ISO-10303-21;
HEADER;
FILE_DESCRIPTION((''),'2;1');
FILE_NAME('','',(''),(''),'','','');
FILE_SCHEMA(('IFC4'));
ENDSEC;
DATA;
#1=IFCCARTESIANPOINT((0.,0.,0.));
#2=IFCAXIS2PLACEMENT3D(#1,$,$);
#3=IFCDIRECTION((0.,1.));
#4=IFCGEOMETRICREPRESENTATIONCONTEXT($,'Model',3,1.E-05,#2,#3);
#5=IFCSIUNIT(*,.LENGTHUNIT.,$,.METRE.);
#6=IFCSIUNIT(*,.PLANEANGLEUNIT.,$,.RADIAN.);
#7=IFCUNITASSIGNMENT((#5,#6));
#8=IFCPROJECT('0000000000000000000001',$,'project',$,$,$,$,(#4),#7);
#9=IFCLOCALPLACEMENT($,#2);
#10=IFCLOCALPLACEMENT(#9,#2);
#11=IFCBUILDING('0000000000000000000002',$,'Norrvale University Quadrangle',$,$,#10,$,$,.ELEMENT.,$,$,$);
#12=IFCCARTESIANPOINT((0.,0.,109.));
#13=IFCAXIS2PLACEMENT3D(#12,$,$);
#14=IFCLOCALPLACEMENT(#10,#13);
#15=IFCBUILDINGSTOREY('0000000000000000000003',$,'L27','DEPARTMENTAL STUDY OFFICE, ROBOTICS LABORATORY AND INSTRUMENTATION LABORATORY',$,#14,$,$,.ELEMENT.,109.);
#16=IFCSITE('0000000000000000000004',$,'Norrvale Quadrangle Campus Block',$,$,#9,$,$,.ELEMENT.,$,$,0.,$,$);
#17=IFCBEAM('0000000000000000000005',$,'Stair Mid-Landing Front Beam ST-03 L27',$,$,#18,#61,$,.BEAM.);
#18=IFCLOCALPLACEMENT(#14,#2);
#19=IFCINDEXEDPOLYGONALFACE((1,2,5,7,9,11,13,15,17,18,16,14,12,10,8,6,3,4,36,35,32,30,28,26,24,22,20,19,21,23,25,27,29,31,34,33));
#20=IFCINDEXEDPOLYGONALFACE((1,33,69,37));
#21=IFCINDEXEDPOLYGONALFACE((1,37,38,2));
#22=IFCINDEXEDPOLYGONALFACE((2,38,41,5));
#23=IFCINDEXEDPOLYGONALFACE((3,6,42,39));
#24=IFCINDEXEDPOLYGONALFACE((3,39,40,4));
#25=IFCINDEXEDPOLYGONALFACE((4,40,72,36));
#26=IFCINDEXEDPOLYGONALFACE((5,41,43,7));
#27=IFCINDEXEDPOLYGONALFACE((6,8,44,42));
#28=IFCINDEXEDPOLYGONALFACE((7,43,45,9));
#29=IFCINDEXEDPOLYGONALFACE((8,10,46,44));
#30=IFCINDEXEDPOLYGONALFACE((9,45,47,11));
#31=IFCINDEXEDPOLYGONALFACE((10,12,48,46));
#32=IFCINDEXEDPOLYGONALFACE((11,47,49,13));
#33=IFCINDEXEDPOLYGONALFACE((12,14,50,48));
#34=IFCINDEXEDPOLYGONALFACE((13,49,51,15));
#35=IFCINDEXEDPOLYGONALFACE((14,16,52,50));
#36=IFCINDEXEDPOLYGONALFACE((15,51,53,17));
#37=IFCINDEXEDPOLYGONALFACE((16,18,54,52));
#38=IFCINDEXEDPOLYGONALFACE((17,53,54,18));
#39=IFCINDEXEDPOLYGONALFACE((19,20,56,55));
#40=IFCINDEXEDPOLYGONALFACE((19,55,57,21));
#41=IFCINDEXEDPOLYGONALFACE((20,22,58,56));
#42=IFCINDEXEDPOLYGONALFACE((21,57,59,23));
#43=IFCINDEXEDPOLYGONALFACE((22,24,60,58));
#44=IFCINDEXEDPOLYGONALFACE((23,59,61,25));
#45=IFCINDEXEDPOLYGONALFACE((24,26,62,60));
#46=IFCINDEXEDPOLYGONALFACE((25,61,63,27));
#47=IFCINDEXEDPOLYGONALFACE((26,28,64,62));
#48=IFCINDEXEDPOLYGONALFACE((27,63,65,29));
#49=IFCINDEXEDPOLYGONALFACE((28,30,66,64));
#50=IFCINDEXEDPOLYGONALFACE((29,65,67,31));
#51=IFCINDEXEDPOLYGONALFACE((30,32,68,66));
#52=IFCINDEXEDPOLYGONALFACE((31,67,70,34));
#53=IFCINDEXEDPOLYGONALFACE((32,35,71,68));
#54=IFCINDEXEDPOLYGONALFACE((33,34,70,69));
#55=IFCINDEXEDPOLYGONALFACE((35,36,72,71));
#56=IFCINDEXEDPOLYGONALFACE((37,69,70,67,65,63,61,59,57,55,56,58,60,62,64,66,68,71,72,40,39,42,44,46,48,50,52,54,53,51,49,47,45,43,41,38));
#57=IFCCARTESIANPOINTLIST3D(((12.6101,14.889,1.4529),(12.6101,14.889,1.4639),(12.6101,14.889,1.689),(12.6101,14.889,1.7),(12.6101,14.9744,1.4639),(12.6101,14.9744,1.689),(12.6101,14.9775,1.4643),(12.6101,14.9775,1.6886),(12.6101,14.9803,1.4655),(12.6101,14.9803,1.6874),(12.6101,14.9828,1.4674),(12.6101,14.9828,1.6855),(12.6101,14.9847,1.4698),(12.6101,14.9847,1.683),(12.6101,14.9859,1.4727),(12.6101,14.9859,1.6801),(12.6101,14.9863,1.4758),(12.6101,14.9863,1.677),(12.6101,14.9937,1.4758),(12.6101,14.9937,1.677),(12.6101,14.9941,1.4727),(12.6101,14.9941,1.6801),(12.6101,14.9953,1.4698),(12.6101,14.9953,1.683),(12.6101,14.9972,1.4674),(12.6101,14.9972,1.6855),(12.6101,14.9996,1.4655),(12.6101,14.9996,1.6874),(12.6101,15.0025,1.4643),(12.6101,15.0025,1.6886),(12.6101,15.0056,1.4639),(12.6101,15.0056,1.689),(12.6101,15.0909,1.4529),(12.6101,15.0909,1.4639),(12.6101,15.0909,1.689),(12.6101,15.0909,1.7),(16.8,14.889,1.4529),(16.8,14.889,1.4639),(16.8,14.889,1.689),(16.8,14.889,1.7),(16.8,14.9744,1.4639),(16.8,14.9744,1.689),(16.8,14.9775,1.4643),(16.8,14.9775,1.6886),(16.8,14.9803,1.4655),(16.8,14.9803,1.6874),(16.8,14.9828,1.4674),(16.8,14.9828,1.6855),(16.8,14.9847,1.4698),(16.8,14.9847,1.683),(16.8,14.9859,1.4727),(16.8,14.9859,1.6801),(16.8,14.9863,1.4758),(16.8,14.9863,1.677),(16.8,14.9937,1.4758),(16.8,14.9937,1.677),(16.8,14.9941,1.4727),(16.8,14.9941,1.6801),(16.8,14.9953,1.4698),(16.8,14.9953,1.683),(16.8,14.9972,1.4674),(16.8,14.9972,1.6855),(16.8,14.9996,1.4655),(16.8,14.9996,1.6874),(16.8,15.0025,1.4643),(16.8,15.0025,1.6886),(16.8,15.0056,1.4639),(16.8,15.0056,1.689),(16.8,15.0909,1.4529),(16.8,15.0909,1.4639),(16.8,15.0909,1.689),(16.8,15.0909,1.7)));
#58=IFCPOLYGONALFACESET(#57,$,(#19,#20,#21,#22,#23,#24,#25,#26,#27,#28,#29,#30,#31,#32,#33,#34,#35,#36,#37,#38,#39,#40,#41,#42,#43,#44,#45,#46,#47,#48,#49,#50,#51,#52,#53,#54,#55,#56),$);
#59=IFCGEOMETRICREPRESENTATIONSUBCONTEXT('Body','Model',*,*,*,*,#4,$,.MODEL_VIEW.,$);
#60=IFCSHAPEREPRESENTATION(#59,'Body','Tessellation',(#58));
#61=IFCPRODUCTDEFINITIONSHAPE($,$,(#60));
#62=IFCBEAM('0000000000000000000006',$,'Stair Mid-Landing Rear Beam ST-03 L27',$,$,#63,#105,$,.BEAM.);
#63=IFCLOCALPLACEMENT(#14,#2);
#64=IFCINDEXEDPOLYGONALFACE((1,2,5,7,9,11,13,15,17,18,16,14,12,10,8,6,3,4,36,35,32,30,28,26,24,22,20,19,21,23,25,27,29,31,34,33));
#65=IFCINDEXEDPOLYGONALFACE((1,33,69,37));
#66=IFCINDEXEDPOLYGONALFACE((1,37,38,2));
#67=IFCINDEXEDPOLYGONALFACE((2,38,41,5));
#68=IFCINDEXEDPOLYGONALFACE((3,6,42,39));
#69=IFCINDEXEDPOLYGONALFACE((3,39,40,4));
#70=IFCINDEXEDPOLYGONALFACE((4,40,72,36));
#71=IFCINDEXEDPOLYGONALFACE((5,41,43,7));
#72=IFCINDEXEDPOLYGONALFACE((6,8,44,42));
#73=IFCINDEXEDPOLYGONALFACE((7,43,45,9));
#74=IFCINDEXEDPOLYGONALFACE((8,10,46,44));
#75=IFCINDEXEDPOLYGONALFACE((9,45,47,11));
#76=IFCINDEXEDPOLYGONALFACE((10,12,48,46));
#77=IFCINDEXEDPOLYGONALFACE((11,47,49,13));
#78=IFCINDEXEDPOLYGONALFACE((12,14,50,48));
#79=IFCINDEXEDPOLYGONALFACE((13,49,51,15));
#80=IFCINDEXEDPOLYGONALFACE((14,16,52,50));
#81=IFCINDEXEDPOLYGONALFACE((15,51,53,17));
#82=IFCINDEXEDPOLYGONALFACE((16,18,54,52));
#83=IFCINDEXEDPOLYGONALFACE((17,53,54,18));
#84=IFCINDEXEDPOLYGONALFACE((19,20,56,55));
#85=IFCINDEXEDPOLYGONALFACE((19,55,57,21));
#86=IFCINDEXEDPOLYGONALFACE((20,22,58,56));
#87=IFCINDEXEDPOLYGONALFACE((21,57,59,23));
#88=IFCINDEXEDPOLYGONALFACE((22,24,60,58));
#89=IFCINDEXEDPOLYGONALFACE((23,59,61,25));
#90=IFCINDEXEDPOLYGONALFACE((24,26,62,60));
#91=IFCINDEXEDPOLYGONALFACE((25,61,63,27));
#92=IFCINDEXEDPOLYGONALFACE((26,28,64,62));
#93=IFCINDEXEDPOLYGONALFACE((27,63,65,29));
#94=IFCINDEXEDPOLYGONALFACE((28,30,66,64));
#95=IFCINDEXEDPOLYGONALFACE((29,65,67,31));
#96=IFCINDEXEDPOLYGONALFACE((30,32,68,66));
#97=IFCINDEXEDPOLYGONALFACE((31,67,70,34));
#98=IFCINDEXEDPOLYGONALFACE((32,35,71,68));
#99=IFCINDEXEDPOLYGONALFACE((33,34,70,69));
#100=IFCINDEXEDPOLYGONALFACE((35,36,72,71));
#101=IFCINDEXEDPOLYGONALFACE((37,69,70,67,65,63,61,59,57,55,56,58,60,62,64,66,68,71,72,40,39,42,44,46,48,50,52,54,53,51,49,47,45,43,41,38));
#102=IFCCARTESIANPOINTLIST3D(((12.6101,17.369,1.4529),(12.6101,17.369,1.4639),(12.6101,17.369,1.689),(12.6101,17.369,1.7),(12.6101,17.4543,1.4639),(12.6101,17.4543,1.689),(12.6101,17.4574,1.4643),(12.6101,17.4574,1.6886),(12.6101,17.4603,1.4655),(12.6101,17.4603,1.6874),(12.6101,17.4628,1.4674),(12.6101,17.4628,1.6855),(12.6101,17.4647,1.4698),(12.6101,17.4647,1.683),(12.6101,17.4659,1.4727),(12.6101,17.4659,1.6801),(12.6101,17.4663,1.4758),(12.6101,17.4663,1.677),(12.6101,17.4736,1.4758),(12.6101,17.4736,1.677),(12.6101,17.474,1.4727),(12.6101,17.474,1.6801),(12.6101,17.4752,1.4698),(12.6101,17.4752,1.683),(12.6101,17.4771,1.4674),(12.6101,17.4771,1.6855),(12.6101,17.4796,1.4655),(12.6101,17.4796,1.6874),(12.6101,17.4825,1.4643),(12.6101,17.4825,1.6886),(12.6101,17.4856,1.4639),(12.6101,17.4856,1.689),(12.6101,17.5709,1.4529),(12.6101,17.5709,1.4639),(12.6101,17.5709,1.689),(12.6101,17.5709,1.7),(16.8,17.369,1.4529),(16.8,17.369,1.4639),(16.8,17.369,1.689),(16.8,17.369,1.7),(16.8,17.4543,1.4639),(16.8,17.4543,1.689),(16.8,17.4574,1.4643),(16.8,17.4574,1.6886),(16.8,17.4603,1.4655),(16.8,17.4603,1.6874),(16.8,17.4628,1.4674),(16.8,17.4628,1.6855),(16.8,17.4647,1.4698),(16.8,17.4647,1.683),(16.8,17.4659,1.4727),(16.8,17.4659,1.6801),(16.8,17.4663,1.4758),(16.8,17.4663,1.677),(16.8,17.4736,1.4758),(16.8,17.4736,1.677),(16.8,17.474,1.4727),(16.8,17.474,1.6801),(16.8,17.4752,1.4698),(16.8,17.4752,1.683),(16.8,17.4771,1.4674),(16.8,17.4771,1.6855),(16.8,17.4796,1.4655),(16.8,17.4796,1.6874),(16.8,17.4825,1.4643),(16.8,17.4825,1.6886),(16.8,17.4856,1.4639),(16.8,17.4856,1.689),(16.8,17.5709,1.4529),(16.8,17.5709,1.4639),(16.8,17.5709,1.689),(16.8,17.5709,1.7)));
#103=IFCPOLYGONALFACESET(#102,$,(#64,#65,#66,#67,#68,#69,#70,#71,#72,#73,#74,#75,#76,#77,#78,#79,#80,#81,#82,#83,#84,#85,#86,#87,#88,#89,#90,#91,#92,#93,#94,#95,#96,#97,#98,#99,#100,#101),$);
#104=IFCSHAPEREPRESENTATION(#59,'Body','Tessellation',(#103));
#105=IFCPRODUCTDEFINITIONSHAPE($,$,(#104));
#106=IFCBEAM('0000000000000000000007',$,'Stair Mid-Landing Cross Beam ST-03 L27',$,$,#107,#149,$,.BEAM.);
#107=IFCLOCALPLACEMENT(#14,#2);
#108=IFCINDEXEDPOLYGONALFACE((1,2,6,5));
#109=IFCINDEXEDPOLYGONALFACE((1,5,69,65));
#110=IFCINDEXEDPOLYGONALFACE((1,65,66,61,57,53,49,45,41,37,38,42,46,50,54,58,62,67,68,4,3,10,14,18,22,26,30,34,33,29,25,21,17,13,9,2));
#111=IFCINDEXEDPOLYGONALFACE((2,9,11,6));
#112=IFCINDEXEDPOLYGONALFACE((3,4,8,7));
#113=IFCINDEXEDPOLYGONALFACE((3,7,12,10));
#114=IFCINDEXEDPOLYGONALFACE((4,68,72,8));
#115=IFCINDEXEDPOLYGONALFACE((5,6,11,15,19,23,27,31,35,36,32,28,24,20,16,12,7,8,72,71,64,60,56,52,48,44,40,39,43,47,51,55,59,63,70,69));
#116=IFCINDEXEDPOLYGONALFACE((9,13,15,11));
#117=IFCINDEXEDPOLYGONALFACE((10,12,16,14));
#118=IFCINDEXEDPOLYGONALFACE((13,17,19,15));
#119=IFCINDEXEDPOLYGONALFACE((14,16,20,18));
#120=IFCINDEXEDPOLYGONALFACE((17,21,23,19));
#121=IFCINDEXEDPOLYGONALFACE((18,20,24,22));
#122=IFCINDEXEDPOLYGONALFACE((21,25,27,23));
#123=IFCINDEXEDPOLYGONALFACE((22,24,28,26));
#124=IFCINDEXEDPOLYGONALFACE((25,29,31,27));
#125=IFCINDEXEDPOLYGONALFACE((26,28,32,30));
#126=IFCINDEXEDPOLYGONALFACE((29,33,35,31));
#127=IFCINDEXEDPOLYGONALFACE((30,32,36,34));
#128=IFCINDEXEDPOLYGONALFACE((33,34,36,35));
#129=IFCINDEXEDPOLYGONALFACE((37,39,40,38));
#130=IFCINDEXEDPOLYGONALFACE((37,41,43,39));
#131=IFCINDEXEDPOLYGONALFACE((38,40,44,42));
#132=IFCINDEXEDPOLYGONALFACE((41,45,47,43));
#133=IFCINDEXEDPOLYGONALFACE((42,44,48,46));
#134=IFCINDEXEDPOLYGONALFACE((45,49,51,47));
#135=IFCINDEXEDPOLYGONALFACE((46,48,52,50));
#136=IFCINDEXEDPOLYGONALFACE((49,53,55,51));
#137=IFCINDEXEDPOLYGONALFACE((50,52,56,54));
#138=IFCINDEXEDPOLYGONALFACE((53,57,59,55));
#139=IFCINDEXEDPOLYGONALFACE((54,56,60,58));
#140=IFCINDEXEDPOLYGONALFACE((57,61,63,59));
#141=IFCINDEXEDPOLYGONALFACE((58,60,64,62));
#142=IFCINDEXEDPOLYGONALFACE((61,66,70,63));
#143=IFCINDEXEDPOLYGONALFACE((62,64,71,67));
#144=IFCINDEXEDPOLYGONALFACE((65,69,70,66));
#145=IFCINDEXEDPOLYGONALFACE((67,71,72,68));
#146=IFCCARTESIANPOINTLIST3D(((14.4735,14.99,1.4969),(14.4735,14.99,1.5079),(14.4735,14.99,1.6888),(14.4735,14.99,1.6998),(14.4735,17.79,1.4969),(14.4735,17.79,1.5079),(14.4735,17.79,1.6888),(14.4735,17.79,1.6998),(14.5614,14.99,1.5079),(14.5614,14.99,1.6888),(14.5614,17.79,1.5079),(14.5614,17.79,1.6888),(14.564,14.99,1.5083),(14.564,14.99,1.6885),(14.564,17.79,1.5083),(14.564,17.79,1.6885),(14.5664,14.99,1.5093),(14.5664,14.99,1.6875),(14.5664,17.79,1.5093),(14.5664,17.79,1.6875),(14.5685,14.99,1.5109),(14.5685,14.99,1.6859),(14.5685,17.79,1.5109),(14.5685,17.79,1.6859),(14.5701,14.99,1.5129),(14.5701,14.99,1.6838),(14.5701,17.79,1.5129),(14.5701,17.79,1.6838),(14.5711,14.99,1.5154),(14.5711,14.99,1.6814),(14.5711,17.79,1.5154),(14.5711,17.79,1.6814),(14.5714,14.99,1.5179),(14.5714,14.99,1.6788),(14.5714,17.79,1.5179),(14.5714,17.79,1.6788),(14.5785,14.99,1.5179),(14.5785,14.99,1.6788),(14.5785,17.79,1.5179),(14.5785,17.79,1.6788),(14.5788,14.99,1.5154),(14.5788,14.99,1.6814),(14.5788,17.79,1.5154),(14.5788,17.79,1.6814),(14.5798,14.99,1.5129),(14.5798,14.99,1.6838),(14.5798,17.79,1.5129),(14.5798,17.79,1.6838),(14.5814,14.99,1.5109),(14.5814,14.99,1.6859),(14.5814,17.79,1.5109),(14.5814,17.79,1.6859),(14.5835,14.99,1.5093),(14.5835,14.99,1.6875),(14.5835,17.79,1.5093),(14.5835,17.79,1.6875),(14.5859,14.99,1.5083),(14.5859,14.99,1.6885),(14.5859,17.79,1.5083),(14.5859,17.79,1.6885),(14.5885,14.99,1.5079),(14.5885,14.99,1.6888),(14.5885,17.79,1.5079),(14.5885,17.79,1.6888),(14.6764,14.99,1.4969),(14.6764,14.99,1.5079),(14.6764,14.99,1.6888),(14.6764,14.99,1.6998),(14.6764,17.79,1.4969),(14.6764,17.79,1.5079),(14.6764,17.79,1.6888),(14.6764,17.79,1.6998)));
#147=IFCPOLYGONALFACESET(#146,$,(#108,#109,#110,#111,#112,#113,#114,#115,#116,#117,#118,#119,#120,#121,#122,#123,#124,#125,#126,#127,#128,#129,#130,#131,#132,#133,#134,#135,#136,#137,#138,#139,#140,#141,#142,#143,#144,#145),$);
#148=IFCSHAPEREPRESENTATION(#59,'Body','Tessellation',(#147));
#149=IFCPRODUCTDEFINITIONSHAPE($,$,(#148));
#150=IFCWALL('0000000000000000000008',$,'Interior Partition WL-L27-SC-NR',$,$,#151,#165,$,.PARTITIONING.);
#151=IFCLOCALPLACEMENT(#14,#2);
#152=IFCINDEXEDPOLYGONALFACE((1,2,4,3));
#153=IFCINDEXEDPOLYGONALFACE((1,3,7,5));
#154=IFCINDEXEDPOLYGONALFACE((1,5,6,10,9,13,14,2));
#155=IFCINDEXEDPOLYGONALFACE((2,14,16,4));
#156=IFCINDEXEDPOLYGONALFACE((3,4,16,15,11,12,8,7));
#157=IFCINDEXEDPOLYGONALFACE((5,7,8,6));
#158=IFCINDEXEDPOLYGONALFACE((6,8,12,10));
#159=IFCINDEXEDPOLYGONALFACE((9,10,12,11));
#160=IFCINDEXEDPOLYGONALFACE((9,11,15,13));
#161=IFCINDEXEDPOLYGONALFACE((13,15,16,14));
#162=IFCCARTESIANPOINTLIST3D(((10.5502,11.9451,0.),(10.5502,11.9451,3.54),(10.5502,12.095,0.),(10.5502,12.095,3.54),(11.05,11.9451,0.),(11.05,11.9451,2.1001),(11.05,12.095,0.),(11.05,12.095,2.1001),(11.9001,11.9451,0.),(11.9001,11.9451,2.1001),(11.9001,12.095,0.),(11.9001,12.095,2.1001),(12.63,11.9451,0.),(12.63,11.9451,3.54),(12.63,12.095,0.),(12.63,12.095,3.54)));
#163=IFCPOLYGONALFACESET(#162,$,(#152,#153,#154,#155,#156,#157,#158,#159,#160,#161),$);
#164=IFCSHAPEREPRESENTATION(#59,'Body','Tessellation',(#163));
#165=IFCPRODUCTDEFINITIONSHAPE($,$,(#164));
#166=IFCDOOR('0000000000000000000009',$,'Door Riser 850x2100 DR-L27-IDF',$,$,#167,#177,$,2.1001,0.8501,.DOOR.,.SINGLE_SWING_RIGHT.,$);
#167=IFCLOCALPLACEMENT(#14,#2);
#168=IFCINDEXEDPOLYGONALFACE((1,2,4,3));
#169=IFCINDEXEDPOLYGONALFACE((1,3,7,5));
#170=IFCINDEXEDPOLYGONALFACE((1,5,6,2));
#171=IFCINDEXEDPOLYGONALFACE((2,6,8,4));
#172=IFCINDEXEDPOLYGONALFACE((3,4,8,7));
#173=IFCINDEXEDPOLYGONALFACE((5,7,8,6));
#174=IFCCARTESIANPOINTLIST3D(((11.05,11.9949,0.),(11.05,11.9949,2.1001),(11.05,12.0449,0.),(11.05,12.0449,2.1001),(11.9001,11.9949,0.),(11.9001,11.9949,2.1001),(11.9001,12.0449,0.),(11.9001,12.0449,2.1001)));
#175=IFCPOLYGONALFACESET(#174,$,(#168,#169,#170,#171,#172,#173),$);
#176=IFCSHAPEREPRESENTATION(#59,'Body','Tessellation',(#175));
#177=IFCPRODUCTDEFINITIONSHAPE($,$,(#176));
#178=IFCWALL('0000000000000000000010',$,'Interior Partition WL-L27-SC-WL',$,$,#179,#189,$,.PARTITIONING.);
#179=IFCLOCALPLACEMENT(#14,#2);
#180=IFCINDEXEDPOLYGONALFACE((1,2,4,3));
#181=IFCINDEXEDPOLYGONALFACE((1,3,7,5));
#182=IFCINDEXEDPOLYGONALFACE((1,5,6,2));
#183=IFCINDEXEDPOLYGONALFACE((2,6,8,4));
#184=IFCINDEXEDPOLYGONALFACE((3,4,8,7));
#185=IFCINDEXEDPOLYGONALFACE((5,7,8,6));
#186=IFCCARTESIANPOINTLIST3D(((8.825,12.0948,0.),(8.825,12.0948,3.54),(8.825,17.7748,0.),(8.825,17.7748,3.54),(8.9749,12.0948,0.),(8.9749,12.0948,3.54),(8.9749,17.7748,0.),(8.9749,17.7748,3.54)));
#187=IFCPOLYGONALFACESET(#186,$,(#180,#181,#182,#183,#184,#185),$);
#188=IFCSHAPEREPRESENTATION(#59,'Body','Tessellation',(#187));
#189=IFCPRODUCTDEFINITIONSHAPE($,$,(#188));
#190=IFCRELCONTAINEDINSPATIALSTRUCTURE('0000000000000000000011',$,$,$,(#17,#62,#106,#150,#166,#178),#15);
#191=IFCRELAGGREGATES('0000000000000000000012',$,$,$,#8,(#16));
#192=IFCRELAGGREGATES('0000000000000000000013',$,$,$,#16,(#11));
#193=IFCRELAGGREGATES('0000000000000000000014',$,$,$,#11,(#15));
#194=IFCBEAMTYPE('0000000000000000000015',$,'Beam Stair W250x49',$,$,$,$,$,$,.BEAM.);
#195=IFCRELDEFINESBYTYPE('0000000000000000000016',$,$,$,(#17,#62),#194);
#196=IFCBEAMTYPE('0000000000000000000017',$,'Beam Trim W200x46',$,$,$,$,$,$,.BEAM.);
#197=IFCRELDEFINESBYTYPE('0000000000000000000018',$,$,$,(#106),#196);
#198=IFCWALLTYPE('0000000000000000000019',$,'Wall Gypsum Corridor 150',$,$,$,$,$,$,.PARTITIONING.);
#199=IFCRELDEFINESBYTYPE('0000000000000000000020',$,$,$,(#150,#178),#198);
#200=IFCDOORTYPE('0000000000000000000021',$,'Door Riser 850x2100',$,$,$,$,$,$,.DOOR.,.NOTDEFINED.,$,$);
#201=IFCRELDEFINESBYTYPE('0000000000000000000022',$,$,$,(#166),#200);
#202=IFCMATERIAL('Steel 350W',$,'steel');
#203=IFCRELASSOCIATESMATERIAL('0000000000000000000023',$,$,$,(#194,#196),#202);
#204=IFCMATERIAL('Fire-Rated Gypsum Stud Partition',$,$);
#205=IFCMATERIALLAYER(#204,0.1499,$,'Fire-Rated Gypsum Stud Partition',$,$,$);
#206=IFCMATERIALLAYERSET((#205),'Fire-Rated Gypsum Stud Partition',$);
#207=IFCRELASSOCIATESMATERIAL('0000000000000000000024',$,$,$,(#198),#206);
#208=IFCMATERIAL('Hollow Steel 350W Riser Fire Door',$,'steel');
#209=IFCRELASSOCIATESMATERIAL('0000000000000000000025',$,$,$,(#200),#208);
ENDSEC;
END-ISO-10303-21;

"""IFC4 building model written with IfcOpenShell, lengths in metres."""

from ifc_helpers import new_model, si_unit, direction, frame, frame_2d, origin, origin_2d, place, context, subcontext, project, spatial, rectangle, i_section, extrude, material, layer, layer_set, material_profile, profile_set, type_object, element, fill, save


model = new_model("IFC4")

# Units and contexts
model_context = context("Model", 3, precision=1e-05, world=origin(), true_north=direction((0.0, 1.0)))
body_context = subcontext(model_context, "Body", "Model", "MODEL_VIEW")
ifc_project = project(units=[si_unit("LENGTHUNIT", "METRE"), si_unit("PLANEANGLEUNIT", "RADIAN")], contexts=[model_context])

# Site, building, storey
site_placement = place(None, origin())
site = spatial("IfcSite", under=ifc_project, at=site_placement, Name="Norrvale Quadrangle Campus Block", CompositionType="ELEMENT", RefElevation=0.0)
building_placement = place(site_placement, origin())
building = spatial("IfcBuilding", under=site, at=building_placement, Name="Norrvale University Quadrangle", CompositionType="ELEMENT")
storey_placement = place(building_placement, frame((0.0, 0.0, 109.0)))
storey = spatial("IfcBuildingStorey", under=building, at=storey_placement, Name="L27", Description="DEPARTMENTAL STUDY OFFICE, ROBOTICS LABORATORY AND INSTRUMENTATION LABORATORY", CompositionType="ELEMENT", Elevation=109.0)

# Beams
ifc_material_1 = material(Name="Steel 350W", Category="steel")
ifc_material_profile_1 = material_profile(ifc_material_1, i_section(OverallWidth=0.2019, OverallDepth=0.2471, WebThickness=0.0073, FlangeThickness=0.011, FilletRadius=0.012, at=origin_2d()), Name="Steel 350W")
ifc_profile_set_1 = profile_set([ifc_material_profile_1], Name="Steel 350W")
beam_type_1 = type_object("IfcBeamType", Name="Beam Stair W250x49", PredefinedType="BEAM", material=ifc_profile_set_1)
for number, where, z_axis, x_axis, name in (
    (1, (12.6101, 14.99, 1.5764), (1.0, 0.0, 0.0), (0.0, 1.0, 0.0), "Stair Mid-Landing Front Beam ST-03 L27"),
    (2, (12.6101, 17.47, 1.5764), (1.0, 0.0, 0.0), (0.0, 1.0, 0.0), "Stair Mid-Landing Rear Beam ST-03 L27"),
):
    element("IfcBeam", number, at=place(storey_placement, frame(where, z_axis=z_axis, x_axis=x_axis)), inside=storey, type_object=beam_type_1, Name=name, PredefinedType="BEAM", context=body_context, shape_type="SweptSolid", body=[
        extrude(i_section(OverallWidth=0.2019, OverallDepth=0.2471, WebThickness=0.0073, FlangeThickness=0.011, FilletRadius=0.012, at=origin_2d()), origin(), (0.0, 0.0, 1.0), 4.1899),
    ])
ifc_material_profile_2 = material_profile(ifc_material_1, i_section(OverallWidth=0.2029, OverallDepth=0.2029, WebThickness=0.0071, FlangeThickness=0.011, FilletRadius=0.01, at=origin_2d()), Name="Steel 350W")
ifc_profile_set_2 = profile_set([ifc_material_profile_2], Name="Steel 350W")
beam_type_2 = type_object("IfcBeamType", Name="Beam Trim W200x46", PredefinedType="BEAM", material=ifc_profile_set_2)
beam_placement = place(storey_placement, frame((14.575, 14.99, 1.5984), z_axis=(0.0, 1.0, 0.0), x_axis=(-1.0, 0.0, 0.0)))
element("IfcBeam", 3, at=beam_placement, inside=storey, type_object=beam_type_2, Name="Stair Mid-Landing Cross Beam ST-03 L27", PredefinedType="BEAM", context=body_context, shape_type="SweptSolid", body=[
    extrude(i_section(OverallWidth=0.2029, OverallDepth=0.2029, WebThickness=0.0071, FlangeThickness=0.011, FilletRadius=0.01, at=origin_2d()), origin(), (0.0, 0.0, 1.0), 2.8),
])

# Wall, opening, door
ifc_material_2 = material(Name="Fire-Rated Gypsum Stud Partition")
ifc_layer_1 = layer(ifc_material_2, 0.1499, Name="Fire-Rated Gypsum Stud Partition")
ifc_layer_set_1 = layer_set([ifc_layer_1], Name="Fire-Rated Gypsum Stud Partition")
wall_type_1 = type_object("IfcWallType", Name="Wall Gypsum Corridor 150", PredefinedType="PARTITIONING", material=ifc_layer_set_1)
wall_1_placement = place(storey_placement, frame((10.55, 12.02, 0.0), z_axis=(0.0, 0.0, 1.0), x_axis=(1.0, 0.0, 0.0)))
wall_1 = element("IfcWall", 4, at=wall_1_placement, inside=storey, type_object=wall_type_1, Name="Interior Partition WL-L27-SC-NR", PredefinedType="PARTITIONING", context=body_context, shape_type="SweptSolid", body=[
    extrude(rectangle(XDim=2.0798, YDim=0.1499, at=frame_2d((1.04, 0.0))), origin(), (0.0, 0.0, 1.0), 3.54),
])
opening_1_placement = place(wall_1_placement, frame((0.5, 0.0, 0.0)))
opening_1 = element("IfcOpeningElement", 5, at=opening_1_placement, cuts=wall_1, PredefinedType="OPENING", context=body_context, shape_type="SweptSolid", body=[
    extrude(rectangle(XDim=0.8501, YDim=2.1001, at=frame_2d((0.425, 1.05))), frame((0.0, 0.0869, 0.0), z_axis=(0.0, -1.0, 0.0), x_axis=(1.0, 0.0, 0.0)), (0.0, 0.0, 1.0), 0.1738),
])
ifc_material_3 = material(Name="Hollow Steel 350W Riser Fire Door", Category="steel")
door_type_1 = type_object("IfcDoorType", Name="Door Riser 850x2100", OperationType="NOTDEFINED", PredefinedType="DOOR", material=ifc_material_3)
door_1_placement = place(opening_1_placement, origin())
door_1 = element("IfcDoor", 6, at=door_1_placement, inside=storey, type_object=door_type_1, Name="Door Riser 850x2100 DR-L27-IDF", OperationType="SINGLE_SWING_RIGHT", OverallHeight=2.1001, OverallWidth=0.8501, PredefinedType="DOOR", context=body_context, shape_type="SweptSolid", body=[
    extrude(rectangle(XDim=0.8501, YDim=2.1001, at=frame_2d((0.425, 1.05))), frame((0.0, 0.0249, 0.0), z_axis=(0.0, -1.0, 0.0), x_axis=(1.0, 0.0, 0.0)), (0.0, 0.0, 1.0), 0.05),
])
fill(opening_1, door_1)

# Wall
for number, where, z_axis, x_axis, name in (
    (7, (8.8999, 12.095, 0.0), (0.0, 0.0, 1.0), (0.0, 1.0, 0.0), "Interior Partition WL-L27-SC-WL"),
):
    element("IfcWall", number, at=place(storey_placement, frame(where, z_axis=z_axis, x_axis=x_axis)), inside=storey, type_object=wall_type_1, Name=name, PredefinedType="PARTITIONING", context=body_context, shape_type="SweptSolid", body=[
        extrude(rectangle(XDim=5.6799, YDim=0.1499, at=frame_2d((2.8398, 0.0))), origin(), (0.0, 0.0, 1.0), 3.54),
    ])

save(model, "model.ifc")
